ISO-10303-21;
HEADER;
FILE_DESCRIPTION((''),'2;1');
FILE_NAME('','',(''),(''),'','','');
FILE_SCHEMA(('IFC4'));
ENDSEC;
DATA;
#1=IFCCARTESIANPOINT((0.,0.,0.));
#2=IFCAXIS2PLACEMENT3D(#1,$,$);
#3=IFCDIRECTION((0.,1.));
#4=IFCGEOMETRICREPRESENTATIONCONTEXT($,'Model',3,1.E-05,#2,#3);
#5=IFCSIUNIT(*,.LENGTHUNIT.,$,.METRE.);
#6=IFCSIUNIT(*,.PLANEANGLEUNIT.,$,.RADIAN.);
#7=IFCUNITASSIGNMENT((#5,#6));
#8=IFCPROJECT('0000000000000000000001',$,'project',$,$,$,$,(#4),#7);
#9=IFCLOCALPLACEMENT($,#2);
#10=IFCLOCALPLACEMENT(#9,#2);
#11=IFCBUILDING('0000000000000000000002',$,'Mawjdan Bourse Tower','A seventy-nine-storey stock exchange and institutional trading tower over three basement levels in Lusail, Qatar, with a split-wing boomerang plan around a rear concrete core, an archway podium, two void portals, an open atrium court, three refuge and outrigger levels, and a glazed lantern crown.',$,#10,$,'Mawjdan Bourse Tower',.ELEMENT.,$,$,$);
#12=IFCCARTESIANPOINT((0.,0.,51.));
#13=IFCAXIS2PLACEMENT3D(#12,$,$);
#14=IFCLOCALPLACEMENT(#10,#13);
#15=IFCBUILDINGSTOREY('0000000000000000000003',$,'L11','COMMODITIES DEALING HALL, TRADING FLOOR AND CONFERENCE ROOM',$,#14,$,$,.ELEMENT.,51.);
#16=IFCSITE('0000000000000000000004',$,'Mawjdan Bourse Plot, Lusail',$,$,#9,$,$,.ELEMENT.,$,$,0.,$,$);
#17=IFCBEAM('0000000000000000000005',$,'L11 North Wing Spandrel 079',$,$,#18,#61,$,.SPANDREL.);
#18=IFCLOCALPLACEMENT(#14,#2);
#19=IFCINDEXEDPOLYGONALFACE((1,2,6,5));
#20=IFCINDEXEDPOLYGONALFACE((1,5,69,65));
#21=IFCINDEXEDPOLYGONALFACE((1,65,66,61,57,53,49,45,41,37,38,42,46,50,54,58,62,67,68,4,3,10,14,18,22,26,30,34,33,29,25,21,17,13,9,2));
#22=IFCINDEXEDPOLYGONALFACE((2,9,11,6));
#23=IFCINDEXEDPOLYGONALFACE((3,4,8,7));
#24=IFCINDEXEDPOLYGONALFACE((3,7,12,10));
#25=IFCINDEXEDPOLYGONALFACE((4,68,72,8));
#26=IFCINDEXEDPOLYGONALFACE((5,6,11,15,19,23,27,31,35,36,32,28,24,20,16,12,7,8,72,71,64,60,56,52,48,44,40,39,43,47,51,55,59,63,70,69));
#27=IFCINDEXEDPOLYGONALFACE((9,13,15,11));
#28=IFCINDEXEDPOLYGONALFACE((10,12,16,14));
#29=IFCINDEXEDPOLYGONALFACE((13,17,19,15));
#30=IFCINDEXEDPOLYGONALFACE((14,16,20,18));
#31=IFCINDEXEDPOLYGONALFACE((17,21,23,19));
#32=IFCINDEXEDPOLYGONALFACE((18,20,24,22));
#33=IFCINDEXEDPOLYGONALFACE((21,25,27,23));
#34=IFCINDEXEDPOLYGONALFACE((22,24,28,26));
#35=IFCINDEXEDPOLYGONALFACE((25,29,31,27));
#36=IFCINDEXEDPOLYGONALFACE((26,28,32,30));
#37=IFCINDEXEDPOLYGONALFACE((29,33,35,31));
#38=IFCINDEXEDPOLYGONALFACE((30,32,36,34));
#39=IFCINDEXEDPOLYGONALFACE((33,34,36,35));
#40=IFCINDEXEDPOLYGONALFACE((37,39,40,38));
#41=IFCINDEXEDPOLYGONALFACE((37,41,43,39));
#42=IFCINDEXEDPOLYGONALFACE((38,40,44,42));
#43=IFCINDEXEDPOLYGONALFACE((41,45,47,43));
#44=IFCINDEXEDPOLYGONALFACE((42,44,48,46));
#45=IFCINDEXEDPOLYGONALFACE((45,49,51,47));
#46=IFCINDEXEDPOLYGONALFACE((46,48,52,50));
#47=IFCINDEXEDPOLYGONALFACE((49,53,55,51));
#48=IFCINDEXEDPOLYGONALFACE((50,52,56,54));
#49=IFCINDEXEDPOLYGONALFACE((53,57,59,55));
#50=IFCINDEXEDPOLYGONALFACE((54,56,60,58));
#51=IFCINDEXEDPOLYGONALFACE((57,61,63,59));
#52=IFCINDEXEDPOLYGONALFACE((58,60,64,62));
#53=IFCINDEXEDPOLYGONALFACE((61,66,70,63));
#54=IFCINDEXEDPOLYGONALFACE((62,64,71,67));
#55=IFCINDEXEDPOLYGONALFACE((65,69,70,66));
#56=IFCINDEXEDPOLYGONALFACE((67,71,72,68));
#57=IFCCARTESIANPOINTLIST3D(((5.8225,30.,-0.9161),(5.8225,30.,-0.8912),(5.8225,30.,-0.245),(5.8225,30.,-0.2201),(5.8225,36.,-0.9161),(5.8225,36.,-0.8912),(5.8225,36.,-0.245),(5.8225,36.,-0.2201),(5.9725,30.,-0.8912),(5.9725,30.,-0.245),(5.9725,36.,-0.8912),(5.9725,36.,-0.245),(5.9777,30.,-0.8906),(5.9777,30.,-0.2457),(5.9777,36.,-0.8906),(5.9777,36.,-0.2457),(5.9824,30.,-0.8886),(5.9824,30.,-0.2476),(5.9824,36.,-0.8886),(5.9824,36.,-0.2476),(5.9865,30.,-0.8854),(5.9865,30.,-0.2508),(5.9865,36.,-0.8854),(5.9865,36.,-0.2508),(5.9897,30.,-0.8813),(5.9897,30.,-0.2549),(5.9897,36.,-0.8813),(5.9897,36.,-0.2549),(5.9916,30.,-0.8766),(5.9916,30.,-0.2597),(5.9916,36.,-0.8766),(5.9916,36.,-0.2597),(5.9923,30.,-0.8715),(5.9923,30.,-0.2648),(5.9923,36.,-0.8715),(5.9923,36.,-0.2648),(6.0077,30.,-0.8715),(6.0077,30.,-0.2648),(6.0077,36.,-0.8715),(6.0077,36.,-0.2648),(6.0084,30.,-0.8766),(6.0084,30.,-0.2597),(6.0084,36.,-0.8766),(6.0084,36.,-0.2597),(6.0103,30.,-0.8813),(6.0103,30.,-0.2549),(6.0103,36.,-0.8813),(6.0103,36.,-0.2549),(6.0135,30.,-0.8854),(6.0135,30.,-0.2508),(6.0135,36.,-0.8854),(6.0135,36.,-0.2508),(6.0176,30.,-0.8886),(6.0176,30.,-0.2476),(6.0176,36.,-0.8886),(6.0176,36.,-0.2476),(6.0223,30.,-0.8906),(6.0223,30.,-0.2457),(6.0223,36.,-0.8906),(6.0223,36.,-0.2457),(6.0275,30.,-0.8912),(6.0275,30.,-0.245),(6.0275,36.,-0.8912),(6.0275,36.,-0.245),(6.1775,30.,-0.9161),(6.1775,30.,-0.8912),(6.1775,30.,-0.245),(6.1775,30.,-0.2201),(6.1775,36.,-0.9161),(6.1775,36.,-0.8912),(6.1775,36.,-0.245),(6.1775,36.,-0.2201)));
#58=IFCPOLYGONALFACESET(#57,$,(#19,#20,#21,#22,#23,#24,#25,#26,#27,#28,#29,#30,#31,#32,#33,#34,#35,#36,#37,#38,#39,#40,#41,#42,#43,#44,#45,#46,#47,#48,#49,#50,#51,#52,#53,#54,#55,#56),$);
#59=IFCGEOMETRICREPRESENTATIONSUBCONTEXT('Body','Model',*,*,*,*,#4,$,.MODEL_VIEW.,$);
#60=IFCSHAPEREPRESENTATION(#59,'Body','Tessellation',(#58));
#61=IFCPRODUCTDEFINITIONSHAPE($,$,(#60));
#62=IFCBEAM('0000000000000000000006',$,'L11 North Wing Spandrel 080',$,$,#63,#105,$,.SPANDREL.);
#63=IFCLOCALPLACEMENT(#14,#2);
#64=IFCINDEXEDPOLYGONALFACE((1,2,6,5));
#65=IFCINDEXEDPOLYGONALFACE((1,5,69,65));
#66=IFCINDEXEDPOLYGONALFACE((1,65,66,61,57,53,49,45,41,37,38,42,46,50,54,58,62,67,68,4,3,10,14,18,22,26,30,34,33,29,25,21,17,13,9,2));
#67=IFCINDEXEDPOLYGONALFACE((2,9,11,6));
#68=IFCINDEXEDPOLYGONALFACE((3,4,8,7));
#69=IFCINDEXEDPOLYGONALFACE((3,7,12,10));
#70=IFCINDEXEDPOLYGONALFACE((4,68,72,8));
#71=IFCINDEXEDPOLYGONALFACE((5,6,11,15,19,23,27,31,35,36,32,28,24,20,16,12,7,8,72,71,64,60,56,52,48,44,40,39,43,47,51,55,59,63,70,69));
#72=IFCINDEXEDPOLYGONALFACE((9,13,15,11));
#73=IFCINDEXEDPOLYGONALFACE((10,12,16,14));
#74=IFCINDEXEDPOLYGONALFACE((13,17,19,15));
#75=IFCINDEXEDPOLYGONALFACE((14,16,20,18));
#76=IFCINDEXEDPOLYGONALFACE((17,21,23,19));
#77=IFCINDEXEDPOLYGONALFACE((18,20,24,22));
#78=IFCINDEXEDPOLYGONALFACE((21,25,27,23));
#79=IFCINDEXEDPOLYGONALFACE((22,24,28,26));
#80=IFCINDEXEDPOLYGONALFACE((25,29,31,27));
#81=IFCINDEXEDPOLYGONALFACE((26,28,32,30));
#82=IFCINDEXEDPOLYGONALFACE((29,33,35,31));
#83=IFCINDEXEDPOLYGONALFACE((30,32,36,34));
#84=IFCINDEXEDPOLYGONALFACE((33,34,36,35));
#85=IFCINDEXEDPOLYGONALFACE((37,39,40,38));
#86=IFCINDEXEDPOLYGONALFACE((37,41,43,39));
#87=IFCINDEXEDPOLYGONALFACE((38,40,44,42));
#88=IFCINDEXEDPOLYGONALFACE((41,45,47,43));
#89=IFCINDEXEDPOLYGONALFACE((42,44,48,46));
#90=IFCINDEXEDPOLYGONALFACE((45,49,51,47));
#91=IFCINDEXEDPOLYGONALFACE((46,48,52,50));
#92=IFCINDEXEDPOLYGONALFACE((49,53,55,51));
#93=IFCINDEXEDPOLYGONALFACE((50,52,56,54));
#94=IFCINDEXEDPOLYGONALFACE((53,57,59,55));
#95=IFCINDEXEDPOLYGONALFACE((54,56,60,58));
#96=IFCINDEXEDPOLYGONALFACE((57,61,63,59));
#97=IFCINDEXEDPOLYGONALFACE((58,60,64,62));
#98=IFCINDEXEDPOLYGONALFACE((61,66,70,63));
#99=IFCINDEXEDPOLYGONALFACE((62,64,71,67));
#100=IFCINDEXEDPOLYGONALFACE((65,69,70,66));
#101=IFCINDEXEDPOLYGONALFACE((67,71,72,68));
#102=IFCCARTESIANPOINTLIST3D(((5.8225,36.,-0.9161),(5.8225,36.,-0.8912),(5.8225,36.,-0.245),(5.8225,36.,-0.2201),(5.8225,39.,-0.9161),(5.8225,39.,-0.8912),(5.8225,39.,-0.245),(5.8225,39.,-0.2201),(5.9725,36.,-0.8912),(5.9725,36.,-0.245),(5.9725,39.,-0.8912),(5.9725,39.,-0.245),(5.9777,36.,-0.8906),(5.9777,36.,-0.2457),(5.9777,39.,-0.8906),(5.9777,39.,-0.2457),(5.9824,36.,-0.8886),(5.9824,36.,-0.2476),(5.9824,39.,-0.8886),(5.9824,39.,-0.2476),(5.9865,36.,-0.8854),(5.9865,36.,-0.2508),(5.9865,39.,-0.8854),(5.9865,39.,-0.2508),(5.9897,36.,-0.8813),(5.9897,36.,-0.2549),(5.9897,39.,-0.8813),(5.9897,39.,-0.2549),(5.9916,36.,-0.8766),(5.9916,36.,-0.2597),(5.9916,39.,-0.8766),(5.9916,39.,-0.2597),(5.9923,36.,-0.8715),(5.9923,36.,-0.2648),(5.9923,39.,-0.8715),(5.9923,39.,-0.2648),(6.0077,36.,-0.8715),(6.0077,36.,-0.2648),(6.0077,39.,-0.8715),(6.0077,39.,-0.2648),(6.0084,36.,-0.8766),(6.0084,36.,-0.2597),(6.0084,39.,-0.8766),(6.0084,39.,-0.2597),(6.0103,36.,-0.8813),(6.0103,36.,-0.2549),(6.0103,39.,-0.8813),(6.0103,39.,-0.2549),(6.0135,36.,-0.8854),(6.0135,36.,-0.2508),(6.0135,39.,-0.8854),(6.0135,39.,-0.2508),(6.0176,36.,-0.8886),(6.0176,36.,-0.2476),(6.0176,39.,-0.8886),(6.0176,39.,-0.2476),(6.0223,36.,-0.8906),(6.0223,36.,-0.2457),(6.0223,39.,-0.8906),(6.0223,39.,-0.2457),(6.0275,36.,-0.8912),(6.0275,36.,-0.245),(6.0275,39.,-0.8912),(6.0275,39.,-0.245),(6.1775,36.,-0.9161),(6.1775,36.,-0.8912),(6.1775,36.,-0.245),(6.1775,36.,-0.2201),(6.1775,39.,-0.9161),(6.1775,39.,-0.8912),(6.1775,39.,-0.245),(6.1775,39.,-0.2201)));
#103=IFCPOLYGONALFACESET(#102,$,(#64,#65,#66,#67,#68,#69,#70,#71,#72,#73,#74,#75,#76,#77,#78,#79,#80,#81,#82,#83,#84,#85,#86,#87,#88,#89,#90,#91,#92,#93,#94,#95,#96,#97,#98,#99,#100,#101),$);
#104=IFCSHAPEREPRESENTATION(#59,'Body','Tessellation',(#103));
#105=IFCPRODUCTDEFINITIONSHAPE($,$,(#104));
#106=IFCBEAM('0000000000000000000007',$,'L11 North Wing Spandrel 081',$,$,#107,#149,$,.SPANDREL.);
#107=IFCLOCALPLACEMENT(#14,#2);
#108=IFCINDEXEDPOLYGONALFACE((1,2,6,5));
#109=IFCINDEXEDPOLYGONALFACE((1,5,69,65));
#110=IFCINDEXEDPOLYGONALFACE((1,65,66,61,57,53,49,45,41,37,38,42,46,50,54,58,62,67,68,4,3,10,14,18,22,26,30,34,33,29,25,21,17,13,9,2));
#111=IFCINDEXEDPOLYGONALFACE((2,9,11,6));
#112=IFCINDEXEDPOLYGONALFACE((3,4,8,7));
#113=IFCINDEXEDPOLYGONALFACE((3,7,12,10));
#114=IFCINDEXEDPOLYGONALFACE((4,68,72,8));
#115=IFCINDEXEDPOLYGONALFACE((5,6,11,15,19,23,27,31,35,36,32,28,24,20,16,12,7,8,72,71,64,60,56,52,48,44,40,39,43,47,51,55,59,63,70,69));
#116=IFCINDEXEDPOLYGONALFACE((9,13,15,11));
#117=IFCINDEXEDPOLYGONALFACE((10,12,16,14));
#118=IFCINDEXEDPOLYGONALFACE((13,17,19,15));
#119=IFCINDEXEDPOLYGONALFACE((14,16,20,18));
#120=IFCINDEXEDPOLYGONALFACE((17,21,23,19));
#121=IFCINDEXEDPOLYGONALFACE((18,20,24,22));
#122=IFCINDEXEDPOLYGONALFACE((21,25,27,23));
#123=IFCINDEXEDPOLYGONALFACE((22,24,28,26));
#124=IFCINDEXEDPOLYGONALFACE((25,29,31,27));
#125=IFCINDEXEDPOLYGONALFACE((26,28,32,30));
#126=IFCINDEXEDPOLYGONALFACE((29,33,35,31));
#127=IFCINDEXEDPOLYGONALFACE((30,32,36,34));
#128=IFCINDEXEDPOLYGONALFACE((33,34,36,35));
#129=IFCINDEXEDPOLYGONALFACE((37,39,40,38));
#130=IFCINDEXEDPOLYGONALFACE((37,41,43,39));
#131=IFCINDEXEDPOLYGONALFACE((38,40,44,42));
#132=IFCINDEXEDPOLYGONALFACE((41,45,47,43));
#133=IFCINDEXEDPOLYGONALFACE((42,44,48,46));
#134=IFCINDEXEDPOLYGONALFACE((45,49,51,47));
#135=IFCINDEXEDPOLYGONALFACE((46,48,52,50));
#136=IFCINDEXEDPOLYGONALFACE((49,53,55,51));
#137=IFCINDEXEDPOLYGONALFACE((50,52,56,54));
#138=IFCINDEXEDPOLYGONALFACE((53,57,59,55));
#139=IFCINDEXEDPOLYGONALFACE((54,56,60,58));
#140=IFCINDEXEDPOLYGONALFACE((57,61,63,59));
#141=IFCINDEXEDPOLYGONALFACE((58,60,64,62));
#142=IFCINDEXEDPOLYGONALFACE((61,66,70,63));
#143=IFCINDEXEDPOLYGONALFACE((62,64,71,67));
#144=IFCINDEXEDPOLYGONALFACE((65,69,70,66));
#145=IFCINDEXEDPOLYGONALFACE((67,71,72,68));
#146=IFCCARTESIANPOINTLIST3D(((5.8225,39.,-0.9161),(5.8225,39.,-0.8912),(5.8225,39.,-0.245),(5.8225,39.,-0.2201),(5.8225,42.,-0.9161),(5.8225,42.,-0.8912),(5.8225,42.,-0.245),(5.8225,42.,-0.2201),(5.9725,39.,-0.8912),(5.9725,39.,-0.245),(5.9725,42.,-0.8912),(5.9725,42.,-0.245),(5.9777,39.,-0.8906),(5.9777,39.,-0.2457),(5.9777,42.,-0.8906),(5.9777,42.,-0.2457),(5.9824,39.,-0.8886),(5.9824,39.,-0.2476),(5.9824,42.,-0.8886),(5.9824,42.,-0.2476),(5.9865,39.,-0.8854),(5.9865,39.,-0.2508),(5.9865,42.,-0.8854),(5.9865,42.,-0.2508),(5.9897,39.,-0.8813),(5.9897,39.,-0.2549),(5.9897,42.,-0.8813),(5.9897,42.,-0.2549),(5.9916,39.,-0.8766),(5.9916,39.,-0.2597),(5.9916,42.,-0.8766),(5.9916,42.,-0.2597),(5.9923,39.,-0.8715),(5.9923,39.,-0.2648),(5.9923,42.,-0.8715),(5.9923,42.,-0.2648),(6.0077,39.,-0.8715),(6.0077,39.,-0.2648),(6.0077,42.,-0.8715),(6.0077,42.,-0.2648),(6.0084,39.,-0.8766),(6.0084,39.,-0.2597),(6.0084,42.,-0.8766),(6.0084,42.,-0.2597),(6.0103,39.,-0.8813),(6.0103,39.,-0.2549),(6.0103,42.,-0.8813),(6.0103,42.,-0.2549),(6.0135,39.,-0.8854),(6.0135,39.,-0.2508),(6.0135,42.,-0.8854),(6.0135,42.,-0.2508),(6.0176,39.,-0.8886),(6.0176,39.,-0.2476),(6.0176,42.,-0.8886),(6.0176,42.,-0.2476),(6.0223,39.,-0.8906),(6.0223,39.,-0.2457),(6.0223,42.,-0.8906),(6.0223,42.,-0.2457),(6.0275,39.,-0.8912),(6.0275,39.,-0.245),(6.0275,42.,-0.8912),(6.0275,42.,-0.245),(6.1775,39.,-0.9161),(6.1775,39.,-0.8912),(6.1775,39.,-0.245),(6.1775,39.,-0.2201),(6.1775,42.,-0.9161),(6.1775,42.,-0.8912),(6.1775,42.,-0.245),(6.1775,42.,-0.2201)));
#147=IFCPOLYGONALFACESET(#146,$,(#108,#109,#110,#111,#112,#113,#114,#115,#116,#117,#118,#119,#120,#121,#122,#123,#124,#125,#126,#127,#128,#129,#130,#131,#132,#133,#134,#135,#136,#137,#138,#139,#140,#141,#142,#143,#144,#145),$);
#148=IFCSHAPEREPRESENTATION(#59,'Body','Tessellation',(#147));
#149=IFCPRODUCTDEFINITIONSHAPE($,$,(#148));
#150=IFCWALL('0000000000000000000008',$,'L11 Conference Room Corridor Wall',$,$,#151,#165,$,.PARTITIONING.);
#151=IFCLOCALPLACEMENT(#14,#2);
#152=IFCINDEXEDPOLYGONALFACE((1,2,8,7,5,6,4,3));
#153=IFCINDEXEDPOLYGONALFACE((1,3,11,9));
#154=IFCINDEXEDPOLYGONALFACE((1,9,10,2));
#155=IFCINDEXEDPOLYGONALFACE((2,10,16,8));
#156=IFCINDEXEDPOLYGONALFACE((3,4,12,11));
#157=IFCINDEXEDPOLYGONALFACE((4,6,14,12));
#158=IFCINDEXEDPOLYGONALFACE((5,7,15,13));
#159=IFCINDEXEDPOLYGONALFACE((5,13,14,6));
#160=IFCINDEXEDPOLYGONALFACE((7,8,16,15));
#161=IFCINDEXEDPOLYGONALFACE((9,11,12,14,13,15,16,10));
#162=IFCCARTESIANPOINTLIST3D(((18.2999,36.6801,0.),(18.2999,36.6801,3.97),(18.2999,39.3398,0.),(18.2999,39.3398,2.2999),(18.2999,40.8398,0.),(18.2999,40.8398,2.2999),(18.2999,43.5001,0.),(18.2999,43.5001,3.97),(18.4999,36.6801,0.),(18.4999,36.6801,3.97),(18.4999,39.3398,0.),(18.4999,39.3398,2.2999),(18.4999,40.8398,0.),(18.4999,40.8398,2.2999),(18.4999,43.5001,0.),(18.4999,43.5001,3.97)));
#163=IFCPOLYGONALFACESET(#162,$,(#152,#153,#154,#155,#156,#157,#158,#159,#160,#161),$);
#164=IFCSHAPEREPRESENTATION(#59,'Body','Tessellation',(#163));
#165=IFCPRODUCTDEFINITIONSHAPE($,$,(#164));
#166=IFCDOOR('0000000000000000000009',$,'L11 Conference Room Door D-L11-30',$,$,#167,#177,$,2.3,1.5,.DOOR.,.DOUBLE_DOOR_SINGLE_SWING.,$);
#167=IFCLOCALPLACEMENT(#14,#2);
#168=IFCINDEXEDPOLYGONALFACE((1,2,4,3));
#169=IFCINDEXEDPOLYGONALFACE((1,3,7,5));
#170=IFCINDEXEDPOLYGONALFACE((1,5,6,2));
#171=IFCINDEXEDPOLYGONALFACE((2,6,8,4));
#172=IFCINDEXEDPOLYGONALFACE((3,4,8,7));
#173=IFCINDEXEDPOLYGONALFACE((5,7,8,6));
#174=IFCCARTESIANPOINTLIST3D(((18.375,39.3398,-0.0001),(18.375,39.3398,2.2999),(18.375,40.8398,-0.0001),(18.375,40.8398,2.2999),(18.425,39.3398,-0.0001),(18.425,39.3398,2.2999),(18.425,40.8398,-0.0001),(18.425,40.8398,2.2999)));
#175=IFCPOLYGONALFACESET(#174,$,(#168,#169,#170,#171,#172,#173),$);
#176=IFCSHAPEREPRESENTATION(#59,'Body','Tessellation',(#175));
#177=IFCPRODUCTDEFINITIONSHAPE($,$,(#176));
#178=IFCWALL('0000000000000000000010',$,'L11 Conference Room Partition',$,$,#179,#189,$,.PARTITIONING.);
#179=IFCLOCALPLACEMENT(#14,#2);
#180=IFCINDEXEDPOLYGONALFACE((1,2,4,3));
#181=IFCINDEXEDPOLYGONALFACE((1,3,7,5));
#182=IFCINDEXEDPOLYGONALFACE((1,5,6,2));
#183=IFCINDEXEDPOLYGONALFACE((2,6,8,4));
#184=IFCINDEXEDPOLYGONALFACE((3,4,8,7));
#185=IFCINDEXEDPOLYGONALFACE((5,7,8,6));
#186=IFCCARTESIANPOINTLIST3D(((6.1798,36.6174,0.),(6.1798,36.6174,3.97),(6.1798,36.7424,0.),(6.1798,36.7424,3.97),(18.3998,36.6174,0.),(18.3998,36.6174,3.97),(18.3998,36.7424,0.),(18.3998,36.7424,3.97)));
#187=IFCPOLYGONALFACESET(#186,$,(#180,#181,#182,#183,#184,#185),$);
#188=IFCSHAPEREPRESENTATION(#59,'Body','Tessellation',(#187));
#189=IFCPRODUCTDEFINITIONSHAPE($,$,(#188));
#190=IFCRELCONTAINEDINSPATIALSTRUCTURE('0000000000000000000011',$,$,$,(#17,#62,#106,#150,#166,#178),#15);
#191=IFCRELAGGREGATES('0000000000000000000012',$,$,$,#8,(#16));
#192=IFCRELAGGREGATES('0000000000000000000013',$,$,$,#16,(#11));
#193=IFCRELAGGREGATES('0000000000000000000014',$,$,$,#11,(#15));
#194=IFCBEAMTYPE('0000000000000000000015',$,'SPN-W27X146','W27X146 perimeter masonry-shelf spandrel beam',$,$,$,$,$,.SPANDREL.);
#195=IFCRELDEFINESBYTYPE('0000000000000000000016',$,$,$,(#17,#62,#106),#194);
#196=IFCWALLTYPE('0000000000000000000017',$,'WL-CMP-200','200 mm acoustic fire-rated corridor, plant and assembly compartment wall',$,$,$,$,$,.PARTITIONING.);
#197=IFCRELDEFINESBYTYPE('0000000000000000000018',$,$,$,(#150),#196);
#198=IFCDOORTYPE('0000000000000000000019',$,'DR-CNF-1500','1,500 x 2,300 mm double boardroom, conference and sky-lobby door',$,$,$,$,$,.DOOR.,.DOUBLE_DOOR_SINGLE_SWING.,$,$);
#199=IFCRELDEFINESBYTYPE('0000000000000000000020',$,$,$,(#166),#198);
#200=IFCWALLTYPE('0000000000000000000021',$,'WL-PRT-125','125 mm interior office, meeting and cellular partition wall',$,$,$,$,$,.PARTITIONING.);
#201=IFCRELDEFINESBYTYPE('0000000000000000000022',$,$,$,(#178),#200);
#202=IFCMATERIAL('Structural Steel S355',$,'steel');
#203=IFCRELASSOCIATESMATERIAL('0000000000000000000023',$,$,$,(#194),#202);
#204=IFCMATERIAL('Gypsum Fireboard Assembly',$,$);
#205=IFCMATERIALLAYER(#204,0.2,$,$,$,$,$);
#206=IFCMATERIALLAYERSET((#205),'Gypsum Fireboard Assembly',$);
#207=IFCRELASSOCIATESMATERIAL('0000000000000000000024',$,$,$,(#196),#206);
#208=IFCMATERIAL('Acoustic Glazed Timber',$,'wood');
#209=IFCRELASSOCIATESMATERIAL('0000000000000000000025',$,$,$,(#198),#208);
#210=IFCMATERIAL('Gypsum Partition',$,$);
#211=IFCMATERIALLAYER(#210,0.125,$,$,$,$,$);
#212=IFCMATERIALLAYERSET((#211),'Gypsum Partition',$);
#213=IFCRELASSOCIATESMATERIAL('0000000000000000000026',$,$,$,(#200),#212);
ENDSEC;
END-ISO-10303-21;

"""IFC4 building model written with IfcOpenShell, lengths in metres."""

from ifc_helpers import new_model, si_unit, direction, frame, frame_2d, origin, origin_2d, place, context, subcontext, project, spatial, rectangle, i_section, extrude, material, layer, layer_set, material_profile, profile_set, type_object, element, fill, save


model = new_model("IFC4")

# Units and contexts
model_context = context("Model", 3, precision=1e-05, world=origin(), true_north=direction((0.0, 1.0)))
body_context = subcontext(model_context, "Body", "Model", "MODEL_VIEW")
ifc_project = project(units=[si_unit("LENGTHUNIT", "METRE"), si_unit("PLANEANGLEUNIT", "RADIAN")], contexts=[model_context])

# Site, building, storey
site_placement = place(None, origin())
site = spatial("IfcSite", under=ifc_project, at=site_placement, Name="Mawjdan Bourse Plot, Lusail", CompositionType="ELEMENT", RefElevation=0.0)
building_placement = place(site_placement, origin())
building = spatial("IfcBuilding", under=site, at=building_placement, Name="Mawjdan Bourse Tower", Description="A seventy-nine-storey stock exchange and institutional trading tower over three basement levels in Lusail, Qatar, with a split-wing boomerang plan around a rear concrete core, an archway podium, two void portals, an open atrium court, three refuge and outrigger levels, and a glazed lantern crown.", LongName="Mawjdan Bourse Tower", CompositionType="ELEMENT")
storey_placement = place(building_placement, frame((0.0, 0.0, 51.0)))
storey = spatial("IfcBuildingStorey", under=building, at=storey_placement, Name="L11", Description="COMMODITIES DEALING HALL, TRADING FLOOR AND CONFERENCE ROOM", CompositionType="ELEMENT", Elevation=51.0)

# Beams
ifc_material_1 = material(Name="Structural Steel S355", Category="steel")
ifc_material_profile_1 = material_profile(ifc_material_1, i_section(OverallWidth=0.355, OverallDepth=0.696, WebThickness=0.0154, FlangeThickness=0.0249, FilletRadius=0.0198, at=origin_2d()), Name="W27X146")
ifc_profile_set_1 = profile_set([ifc_material_profile_1], Name="Structural Steel S355")
beam_type_1 = type_object("IfcBeamType", Name="SPN-W27X146", Description="W27X146 perimeter masonry-shelf spandrel beam", PredefinedType="SPANDREL", material=ifc_profile_set_1)
beam_1_placement = place(storey_placement, frame((6.0, 30.0, -0.5681), z_axis=(0.0, 1.0, 0.0), x_axis=(-1.0, 0.0, 0.0)))
element("IfcBeam", 1, at=beam_1_placement, inside=storey, type_object=beam_type_1, Name="L11 North Wing Spandrel 079", PredefinedType="SPANDREL", context=body_context, shape_type="SweptSolid", body=[
    extrude(i_section(OverallWidth=0.355, OverallDepth=0.696, WebThickness=0.0154, FlangeThickness=0.0249, FilletRadius=0.0198, at=origin_2d()), origin(), (0.0, 0.0, 1.0), 6.0),
])
for number, where, z_axis, x_axis, name in (
    (2, (6.0, 36.0, -0.5681), (0.0, 1.0, 0.0), (-1.0, 0.0, 0.0), "L11 North Wing Spandrel 080"),
    (3, (6.0, 39.0, -0.5681), (0.0, 1.0, 0.0), (-1.0, 0.0, 0.0), "L11 North Wing Spandrel 081"),
):
    element("IfcBeam", number, at=place(storey_placement, frame(where, z_axis=z_axis, x_axis=x_axis)), inside=storey, type_object=beam_type_1, Name=name, PredefinedType="SPANDREL", context=body_context, shape_type="SweptSolid", body=[
        extrude(i_section(OverallWidth=0.355, OverallDepth=0.696, WebThickness=0.0154, FlangeThickness=0.0249, FilletRadius=0.0198, at=origin_2d()), origin(), (0.0, 0.0, 1.0), 3.0),
    ])

# Wall, opening, door
ifc_material_2 = material(Name="Gypsum Fireboard Assembly")
ifc_layer_1 = layer(ifc_material_2, 0.2)
ifc_layer_set_1 = layer_set([ifc_layer_1], Name="Gypsum Fireboard Assembly")
wall_type_1 = type_object("IfcWallType", Name="WL-CMP-200", Description="200 mm acoustic fire-rated corridor, plant and assembly compartment wall", PredefinedType="PARTITIONING", material=ifc_layer_set_1)
wall_1_placement = place(storey_placement, frame((18.3999, 36.6799, 0.0), z_axis=(0.0, 0.0, 1.0), x_axis=(0.0, 1.0, 0.0)))
wall_1 = element("IfcWall", 4, at=wall_1_placement, inside=storey, type_object=wall_type_1, Name="L11 Conference Room Corridor Wall", PredefinedType="PARTITIONING", context=body_context, shape_type="SweptSolid", body=[
    extrude(rectangle(XDim=6.8201, YDim=0.2, at=frame_2d((3.4102, 0.0))), origin(), (0.0, 0.0, 1.0), 3.97),
])
opening_placement = place(wall_1_placement, frame((2.6599, 0.0, 0.0)))
opening = element("IfcOpeningElement", 5, at=opening_placement, cuts=wall_1, PredefinedType="OPENING", context=body_context, shape_type="SweptSolid", body=[
    extrude(rectangle(XDim=1.5, YDim=2.3, at=frame_2d((0.75, 1.1499))), frame((0.0, 0.1099, 0.0), z_axis=(0.0, -1.0, 0.0), x_axis=(1.0, 0.0, 0.0)), (0.0, 0.0, 1.0), 0.22),
])
ifc_material_3 = material(Name="Acoustic Glazed Timber", Category="wood")
door_type = type_object("IfcDoorType", Name="DR-CNF-1500", Description="1,500 x 2,300 mm double boardroom, conference and sky-lobby door", OperationType="DOUBLE_DOOR_SINGLE_SWING", PredefinedType="DOOR", material=ifc_material_3)
door_placement = place(opening_placement, origin())
door = element("IfcDoor", 6, at=door_placement, inside=storey, type_object=door_type, Name="L11 Conference Room Door D-L11-30", OperationType="DOUBLE_DOOR_SINGLE_SWING", OverallHeight=2.3, OverallWidth=1.5, PredefinedType="DOOR", context=body_context, shape_type="SweptSolid", body=[
    extrude(rectangle(XDim=1.5, YDim=2.3, at=frame_2d((0.75, 1.1499))), frame((0.0, 0.0249, 0.0), z_axis=(0.0, -1.0, 0.0), x_axis=(1.0, 0.0, 0.0)), (0.0, 0.0, 1.0), 0.05),
])
fill(opening, door)

# Wall
ifc_material_4 = material(Name="Gypsum Partition")
ifc_layer_2 = layer(ifc_material_4, 0.125)
ifc_layer_set_2 = layer_set([ifc_layer_2], Name="Gypsum Partition")
wall_type_2 = type_object("IfcWallType", Name="WL-PRT-125", Description="125 mm interior office, meeting and cellular partition wall", PredefinedType="PARTITIONING", material=ifc_layer_set_2)
wall_2_placement = place(storey_placement, frame((6.1799, 36.6799, 0.0), z_axis=(0.0, 0.0, 1.0), x_axis=(1.0, 0.0, 0.0)))
element("IfcWall", 7, at=wall_2_placement, inside=storey, type_object=wall_type_2, Name="L11 Conference Room Partition", PredefinedType="PARTITIONING", context=body_context, shape_type="SweptSolid", body=[
    extrude(rectangle(XDim=12.22, YDim=0.125, at=frame_2d((6.1099, 0.0))), origin(), (0.0, 0.0, 1.0), 3.97),
])

save(model, "model.ifc")
